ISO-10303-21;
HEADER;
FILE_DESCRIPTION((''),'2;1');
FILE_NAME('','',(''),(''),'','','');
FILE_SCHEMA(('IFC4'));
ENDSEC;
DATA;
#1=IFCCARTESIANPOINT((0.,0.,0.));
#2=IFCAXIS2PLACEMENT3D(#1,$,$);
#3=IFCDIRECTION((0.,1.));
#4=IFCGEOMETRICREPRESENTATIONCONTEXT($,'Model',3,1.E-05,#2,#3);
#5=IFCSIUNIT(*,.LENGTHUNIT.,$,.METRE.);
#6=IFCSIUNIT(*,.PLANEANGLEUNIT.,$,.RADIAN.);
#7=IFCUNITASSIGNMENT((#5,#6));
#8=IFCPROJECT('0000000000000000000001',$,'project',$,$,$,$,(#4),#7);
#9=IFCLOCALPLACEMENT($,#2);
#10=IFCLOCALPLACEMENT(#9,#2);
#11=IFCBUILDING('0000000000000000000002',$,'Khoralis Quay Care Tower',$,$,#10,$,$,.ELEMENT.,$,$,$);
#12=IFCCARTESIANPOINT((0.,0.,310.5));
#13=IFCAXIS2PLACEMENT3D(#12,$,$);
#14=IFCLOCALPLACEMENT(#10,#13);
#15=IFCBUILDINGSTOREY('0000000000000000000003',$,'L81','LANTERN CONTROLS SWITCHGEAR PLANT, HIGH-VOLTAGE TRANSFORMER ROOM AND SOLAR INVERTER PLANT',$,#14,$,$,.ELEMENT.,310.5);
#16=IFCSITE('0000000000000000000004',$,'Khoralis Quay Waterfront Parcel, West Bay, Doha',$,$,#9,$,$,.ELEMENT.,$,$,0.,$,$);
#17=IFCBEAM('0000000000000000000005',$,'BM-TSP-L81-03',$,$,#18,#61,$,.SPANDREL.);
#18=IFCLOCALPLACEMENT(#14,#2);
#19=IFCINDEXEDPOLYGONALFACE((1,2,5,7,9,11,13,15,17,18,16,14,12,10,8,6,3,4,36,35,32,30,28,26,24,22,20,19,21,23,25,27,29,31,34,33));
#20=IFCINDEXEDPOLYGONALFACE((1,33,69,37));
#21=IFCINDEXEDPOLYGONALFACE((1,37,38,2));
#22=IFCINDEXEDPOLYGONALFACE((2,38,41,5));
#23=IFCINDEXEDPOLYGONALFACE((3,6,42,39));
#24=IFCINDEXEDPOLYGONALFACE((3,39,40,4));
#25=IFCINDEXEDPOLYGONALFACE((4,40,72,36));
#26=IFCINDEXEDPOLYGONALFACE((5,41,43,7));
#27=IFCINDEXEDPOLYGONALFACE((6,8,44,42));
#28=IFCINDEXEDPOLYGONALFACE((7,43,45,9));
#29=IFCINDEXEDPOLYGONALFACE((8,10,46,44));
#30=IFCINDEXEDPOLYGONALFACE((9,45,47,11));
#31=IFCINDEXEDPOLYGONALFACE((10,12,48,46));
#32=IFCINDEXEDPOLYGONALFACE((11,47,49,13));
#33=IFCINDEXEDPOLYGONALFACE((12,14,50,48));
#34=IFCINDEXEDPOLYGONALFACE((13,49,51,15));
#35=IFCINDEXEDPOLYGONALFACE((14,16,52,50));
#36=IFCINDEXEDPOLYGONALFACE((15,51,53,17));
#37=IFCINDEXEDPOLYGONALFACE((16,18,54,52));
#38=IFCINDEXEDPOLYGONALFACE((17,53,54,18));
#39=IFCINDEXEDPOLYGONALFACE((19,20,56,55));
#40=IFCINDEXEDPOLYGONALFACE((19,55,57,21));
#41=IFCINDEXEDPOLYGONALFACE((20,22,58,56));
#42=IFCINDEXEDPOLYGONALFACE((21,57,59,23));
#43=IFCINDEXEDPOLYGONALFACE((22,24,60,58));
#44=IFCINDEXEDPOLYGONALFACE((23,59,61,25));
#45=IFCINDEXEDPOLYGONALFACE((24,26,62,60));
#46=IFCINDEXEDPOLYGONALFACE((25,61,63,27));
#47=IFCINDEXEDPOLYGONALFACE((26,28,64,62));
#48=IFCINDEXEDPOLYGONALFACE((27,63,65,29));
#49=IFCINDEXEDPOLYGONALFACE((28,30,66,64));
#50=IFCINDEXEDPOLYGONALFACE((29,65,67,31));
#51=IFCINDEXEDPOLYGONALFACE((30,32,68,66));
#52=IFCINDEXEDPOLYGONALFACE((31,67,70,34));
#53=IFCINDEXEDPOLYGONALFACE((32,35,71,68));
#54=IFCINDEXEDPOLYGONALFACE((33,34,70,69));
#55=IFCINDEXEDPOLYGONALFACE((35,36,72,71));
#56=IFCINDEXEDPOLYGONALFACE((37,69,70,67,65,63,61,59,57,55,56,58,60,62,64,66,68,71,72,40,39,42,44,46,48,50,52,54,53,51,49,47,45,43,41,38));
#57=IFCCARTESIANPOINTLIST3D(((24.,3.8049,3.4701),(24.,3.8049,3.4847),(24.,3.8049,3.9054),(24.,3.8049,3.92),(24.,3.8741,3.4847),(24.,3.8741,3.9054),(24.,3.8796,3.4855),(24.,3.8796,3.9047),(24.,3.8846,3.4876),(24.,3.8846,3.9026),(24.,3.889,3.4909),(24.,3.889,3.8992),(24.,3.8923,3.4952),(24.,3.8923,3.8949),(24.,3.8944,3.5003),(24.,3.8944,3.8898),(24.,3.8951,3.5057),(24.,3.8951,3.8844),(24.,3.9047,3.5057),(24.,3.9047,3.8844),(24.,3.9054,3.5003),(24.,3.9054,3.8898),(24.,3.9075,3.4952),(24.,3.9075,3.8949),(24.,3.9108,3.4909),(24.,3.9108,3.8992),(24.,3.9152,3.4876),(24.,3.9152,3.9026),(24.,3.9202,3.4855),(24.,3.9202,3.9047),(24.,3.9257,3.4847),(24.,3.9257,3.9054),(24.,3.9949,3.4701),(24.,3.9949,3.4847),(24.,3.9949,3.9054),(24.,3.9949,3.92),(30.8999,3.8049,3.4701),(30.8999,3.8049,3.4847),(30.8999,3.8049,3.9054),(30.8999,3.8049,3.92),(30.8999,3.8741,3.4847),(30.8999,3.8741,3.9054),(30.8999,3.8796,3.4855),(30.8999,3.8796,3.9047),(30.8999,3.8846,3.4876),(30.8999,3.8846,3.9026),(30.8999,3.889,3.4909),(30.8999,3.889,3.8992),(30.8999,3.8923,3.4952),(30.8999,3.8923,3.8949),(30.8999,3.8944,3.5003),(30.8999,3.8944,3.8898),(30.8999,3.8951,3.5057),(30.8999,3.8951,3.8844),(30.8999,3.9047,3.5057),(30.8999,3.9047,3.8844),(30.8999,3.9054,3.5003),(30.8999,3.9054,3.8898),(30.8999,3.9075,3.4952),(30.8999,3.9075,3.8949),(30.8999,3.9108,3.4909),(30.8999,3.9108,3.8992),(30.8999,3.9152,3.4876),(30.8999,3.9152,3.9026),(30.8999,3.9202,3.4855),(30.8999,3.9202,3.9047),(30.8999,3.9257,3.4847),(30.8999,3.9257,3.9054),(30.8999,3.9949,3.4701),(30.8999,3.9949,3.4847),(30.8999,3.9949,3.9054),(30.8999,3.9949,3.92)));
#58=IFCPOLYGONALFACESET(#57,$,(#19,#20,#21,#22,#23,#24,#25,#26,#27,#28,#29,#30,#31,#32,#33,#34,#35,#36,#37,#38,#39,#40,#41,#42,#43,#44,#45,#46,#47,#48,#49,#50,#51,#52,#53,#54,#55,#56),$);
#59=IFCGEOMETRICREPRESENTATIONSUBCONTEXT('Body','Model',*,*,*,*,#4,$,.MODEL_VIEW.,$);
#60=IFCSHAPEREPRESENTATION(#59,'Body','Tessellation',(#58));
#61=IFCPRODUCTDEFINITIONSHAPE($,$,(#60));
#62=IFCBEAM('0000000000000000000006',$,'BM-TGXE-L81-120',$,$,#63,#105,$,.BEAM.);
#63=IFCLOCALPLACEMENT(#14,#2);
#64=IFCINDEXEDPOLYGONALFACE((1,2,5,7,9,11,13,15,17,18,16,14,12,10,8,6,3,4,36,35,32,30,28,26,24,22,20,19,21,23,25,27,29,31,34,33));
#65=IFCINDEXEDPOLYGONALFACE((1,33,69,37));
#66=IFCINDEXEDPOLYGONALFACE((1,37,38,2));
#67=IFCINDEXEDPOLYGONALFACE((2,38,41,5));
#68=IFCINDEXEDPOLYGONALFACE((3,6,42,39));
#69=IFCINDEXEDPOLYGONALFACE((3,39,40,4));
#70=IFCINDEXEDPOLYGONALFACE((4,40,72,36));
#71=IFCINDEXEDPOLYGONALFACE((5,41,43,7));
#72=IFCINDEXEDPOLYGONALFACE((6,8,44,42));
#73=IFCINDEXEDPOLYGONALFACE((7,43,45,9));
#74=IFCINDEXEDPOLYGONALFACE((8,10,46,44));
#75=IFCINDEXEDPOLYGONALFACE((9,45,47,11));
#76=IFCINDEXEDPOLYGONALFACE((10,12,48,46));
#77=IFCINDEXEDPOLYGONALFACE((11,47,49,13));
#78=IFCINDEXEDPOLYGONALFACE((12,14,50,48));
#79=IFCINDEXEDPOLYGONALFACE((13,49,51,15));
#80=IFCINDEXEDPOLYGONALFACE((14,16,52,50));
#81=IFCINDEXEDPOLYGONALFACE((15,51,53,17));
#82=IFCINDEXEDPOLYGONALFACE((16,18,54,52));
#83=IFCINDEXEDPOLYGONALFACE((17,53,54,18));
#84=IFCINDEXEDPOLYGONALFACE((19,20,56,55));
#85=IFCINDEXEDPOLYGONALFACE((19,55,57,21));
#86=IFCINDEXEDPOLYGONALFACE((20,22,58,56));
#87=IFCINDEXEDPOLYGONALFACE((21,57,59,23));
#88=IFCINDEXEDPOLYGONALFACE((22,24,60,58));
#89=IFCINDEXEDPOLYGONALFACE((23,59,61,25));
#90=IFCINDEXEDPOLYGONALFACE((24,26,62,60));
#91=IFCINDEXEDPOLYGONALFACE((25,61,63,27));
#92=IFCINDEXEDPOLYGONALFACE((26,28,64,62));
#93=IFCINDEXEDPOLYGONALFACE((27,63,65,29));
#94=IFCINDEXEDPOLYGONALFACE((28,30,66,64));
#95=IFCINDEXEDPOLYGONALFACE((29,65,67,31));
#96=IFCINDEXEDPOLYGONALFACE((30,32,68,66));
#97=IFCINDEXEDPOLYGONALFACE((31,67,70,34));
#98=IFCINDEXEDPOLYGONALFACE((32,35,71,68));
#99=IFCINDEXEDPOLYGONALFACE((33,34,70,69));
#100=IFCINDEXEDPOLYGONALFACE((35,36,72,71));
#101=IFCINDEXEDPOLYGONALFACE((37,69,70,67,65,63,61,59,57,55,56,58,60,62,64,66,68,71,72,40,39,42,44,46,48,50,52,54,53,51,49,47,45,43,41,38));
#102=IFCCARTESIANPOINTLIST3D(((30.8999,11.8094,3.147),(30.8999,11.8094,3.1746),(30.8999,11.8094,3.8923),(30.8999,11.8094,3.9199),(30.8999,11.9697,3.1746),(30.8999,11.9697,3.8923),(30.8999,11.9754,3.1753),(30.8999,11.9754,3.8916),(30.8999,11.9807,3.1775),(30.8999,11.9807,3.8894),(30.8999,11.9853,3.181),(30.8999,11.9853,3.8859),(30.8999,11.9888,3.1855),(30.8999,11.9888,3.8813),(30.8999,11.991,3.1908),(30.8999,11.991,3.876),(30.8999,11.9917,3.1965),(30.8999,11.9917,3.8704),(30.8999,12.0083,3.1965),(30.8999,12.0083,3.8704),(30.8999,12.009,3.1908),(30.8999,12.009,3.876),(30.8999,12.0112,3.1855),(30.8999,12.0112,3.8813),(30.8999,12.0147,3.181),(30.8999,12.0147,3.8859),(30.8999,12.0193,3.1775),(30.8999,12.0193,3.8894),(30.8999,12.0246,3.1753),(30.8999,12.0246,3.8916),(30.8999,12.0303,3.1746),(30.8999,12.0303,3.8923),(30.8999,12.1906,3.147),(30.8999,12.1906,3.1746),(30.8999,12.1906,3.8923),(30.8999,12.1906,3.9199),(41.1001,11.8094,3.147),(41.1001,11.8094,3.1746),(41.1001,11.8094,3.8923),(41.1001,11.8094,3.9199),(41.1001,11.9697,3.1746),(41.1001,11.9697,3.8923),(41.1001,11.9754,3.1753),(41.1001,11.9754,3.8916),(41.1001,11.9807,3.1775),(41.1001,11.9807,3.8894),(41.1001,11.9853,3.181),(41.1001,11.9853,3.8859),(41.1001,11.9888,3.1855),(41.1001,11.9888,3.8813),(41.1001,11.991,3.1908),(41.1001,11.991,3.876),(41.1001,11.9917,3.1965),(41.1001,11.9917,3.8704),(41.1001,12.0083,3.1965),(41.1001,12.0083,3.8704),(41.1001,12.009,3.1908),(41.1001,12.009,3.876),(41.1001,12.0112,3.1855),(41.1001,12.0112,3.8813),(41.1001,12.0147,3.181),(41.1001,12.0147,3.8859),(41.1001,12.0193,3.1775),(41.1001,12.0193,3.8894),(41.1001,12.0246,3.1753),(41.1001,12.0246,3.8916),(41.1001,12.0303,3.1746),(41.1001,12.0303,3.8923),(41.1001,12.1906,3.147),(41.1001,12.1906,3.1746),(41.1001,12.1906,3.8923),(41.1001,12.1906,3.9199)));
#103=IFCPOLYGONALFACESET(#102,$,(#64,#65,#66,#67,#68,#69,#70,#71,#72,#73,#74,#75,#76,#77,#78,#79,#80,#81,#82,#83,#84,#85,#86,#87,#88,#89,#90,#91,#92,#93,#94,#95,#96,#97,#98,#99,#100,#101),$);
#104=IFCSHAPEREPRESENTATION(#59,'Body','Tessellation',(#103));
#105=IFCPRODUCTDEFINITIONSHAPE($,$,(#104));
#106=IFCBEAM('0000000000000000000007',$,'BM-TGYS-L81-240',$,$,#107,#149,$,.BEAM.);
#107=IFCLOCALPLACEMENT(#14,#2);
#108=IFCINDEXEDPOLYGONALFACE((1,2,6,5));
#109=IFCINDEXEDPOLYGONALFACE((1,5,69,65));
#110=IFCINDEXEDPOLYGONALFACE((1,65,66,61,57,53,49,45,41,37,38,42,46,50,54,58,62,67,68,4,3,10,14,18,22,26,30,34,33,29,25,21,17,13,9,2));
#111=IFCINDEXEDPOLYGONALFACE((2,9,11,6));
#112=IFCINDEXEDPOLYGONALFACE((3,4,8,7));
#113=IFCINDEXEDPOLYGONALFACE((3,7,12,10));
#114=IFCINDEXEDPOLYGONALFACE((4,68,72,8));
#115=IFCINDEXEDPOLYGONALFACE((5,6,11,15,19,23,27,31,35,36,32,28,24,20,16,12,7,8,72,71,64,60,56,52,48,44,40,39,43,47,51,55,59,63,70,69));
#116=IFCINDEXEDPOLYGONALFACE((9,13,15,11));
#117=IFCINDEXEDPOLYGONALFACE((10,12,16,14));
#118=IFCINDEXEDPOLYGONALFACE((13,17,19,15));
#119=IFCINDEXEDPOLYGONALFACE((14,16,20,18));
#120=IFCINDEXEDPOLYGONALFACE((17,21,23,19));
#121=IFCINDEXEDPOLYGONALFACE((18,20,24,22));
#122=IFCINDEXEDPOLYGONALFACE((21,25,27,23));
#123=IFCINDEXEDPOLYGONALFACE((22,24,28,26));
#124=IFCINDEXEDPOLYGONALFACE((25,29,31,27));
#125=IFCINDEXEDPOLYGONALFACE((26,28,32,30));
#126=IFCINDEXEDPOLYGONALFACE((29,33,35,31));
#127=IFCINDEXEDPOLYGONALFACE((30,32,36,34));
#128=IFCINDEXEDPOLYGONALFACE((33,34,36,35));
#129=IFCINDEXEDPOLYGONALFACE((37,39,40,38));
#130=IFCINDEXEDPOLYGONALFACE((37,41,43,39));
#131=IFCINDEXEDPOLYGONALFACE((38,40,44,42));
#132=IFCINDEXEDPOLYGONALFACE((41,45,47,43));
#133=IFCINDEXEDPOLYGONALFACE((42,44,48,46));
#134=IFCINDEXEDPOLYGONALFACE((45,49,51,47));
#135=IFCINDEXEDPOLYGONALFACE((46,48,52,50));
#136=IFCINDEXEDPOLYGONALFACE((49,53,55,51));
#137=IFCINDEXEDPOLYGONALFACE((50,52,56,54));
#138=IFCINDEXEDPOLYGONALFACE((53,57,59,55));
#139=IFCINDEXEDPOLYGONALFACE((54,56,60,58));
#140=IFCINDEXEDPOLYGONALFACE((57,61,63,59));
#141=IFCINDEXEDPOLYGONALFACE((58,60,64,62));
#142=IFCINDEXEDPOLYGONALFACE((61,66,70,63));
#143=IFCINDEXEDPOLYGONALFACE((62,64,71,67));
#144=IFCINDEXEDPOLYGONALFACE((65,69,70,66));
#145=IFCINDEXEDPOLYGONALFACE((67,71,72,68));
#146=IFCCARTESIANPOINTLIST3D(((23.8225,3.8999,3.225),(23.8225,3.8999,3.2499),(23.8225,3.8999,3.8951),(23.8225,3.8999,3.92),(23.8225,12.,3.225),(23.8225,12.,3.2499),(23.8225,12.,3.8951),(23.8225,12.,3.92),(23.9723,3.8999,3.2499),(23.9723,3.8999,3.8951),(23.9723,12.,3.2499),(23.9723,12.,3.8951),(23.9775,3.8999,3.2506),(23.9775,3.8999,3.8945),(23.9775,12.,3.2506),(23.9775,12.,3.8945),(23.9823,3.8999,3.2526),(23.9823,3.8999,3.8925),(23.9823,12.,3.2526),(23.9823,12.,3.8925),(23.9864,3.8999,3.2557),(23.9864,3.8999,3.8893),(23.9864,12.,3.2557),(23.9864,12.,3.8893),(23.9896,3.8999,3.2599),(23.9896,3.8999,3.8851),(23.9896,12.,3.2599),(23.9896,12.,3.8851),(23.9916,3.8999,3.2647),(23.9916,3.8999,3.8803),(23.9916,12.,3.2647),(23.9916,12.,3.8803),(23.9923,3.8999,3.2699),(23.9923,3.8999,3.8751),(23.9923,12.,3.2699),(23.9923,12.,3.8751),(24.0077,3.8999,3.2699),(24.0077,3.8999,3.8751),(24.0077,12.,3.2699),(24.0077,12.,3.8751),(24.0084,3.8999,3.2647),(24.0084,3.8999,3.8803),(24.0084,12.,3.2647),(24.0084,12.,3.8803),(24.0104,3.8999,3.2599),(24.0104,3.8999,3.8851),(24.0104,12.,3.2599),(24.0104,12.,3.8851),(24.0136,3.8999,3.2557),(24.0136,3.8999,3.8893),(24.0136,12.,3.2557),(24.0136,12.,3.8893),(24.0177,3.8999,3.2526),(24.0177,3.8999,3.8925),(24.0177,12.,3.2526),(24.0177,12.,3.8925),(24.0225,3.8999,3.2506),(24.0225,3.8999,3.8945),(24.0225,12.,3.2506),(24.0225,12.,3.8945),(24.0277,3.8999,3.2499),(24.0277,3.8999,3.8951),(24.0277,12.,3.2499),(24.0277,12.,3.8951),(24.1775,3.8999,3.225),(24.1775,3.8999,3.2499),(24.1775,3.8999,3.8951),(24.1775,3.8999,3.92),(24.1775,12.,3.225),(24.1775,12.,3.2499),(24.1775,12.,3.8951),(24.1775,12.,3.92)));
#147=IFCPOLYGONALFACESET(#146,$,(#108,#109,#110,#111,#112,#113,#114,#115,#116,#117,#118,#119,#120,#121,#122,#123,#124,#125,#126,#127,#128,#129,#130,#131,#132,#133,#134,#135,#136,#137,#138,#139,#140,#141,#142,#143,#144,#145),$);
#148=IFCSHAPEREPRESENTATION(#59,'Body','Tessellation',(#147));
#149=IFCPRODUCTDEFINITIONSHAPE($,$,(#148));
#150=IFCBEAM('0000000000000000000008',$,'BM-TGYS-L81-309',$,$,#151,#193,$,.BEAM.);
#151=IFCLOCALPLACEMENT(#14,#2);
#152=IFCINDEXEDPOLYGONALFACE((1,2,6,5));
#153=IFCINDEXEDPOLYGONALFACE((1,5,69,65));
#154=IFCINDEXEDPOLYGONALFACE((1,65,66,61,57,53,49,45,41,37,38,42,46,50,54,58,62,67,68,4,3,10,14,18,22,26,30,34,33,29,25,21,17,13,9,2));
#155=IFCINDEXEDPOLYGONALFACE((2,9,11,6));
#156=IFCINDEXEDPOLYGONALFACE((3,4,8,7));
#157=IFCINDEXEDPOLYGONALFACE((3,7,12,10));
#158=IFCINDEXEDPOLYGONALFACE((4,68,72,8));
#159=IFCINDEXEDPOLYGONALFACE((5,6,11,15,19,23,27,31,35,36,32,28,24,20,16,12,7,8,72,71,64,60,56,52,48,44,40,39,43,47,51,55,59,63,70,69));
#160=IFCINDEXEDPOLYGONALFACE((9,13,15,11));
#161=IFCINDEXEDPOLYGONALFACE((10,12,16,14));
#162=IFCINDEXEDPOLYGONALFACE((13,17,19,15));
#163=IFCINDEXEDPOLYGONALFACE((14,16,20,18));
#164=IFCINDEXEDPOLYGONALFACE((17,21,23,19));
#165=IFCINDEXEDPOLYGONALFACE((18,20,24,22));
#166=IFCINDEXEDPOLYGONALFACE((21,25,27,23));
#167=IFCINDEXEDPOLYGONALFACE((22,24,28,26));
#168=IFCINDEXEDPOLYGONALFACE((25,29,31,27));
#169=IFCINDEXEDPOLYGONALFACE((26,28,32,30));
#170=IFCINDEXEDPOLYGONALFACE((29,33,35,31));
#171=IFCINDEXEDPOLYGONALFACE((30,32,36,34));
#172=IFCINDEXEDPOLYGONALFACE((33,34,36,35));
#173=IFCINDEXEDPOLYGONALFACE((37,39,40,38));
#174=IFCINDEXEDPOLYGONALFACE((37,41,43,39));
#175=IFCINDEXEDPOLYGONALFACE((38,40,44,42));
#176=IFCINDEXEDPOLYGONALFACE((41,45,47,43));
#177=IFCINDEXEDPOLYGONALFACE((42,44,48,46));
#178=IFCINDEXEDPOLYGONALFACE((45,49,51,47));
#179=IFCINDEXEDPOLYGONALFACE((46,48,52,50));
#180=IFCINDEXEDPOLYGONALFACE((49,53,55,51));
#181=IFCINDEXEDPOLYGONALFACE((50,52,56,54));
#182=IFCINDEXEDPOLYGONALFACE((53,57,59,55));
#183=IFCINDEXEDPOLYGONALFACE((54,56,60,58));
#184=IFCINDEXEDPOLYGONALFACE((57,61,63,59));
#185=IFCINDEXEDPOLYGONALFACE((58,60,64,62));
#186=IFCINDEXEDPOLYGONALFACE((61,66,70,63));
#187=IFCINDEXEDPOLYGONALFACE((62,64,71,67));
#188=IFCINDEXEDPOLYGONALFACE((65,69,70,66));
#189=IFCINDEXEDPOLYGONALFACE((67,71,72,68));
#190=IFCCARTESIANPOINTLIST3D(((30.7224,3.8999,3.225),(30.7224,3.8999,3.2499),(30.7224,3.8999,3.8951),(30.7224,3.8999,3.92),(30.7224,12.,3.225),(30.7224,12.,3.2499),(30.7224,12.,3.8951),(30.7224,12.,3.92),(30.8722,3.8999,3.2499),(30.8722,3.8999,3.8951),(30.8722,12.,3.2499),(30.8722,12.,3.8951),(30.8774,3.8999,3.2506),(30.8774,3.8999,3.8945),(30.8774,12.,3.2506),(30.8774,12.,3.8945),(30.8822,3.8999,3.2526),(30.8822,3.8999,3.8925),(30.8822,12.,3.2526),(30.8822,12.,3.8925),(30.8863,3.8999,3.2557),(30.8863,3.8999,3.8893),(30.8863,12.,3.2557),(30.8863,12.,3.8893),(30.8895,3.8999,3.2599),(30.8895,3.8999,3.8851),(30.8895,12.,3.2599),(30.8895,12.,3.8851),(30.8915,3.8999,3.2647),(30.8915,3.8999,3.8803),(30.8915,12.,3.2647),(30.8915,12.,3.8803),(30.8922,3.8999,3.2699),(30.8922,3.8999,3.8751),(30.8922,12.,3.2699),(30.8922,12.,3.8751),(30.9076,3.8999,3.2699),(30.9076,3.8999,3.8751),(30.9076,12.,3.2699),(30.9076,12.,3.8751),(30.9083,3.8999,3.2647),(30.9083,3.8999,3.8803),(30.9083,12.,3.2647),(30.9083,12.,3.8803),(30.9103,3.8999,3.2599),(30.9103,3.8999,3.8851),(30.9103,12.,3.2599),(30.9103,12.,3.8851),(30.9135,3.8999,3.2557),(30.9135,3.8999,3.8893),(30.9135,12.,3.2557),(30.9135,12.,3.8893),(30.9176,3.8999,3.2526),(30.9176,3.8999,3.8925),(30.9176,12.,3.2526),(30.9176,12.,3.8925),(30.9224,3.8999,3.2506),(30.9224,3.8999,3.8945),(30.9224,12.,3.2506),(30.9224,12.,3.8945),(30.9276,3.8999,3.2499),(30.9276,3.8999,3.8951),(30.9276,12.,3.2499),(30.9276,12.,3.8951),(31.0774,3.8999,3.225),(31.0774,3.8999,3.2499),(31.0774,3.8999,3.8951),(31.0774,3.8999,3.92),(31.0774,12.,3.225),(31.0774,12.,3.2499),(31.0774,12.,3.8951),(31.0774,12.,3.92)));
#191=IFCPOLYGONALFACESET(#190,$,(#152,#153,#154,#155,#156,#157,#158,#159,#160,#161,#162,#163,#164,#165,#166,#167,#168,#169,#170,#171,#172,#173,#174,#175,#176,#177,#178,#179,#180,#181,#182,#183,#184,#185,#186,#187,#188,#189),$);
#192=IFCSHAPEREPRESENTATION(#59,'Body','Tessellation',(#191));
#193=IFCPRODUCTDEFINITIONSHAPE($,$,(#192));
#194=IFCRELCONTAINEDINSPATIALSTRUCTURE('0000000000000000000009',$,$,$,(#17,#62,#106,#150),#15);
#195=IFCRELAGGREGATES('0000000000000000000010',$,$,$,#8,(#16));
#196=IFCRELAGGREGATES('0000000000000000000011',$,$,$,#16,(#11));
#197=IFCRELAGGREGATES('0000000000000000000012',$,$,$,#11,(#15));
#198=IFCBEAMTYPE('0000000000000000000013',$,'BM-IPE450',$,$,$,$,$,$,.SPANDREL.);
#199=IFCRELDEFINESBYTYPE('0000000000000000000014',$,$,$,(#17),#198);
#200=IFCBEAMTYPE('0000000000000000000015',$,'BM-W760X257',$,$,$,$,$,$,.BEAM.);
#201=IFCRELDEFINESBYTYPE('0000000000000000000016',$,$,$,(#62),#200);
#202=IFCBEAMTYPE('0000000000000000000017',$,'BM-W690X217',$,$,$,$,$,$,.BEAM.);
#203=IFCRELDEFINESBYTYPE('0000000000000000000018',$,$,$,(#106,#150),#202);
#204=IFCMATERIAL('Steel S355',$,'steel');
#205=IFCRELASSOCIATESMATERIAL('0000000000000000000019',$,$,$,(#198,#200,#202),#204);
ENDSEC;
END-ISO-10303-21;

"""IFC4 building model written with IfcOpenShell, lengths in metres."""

from ifc_helpers import new_model, si_unit, direction, frame, origin, origin_2d, place, context, subcontext, project, spatial, i_section, extrude, source, transform, mapped, material, material_profile, profile_set, type_object, element, save


model = new_model("IFC4")

# Units and contexts
model_context = context("Model", 3, precision=1e-05, world=origin(), true_north=direction((0.0, 1.0)))
body_context = subcontext(model_context, "Body", "Model", "MODEL_VIEW")
ifc_project = project(units=[si_unit("LENGTHUNIT", "METRE"), si_unit("PLANEANGLEUNIT", "RADIAN")], contexts=[model_context])

# Site, building, storey
site_placement = place(None, origin())
site = spatial("IfcSite", under=ifc_project, at=site_placement, Name="Khoralis Quay Waterfront Parcel, West Bay, Doha", CompositionType="ELEMENT", RefElevation=0.0)
building_placement = place(site_placement, origin())
building = spatial("IfcBuilding", under=site, at=building_placement, Name="Khoralis Quay Care Tower", CompositionType="ELEMENT")
storey_placement = place(building_placement, frame((0.0, 0.0, 310.5)))
storey = spatial("IfcBuildingStorey", under=building, at=storey_placement, Name="L81", Description="LANTERN CONTROLS SWITCHGEAR PLANT, HIGH-VOLTAGE TRANSFORMER ROOM AND SOLAR INVERTER PLANT", CompositionType="ELEMENT", Elevation=310.5)

# Beams
ifc_material_1 = material(Name="Steel S355", Category="steel")
ifc_material_profile_1 = material_profile(ifc_material_1, i_section(OverallWidth=0.1899, OverallDepth=0.45, WebThickness=0.0095, FlangeThickness=0.0146, FilletRadius=0.021, at=origin_2d()), Name="Steel S355")
ifc_profile_set_1 = profile_set([ifc_material_profile_1], Name="Steel S355")
beam_type_1 = type_object("IfcBeamType", Name="BM-IPE450", PredefinedType="SPANDREL", material=ifc_profile_set_1)
shared_shape_1 = source(origin(), body_context, "Body", "SweptSolid", [
    extrude(i_section(OverallWidth=0.1899, OverallDepth=0.45, WebThickness=0.0095, FlangeThickness=0.0146, FilletRadius=0.021, at=origin_2d()), origin(), (0.0, 0.0, 1.0), 6.8999),
])
beam_1_placement = place(storey_placement, frame((24.0, 3.8999, 3.6951), z_axis=(1.0, 0.0, 0.0), x_axis=(0.0, 1.0, 0.0)))
element("IfcBeam", 1, at=beam_1_placement, inside=storey, type_object=beam_type_1, Name="BM-TSP-L81-03", PredefinedType="SPANDREL", context=body_context, shape_type="MappedRepresentation", body=[
    mapped(shared_shape_1, transform((0.0, 0.0, 0.0), scale=1.0)),
])
ifc_material_profile_2 = material_profile(ifc_material_1, i_section(OverallWidth=0.3811, OverallDepth=0.7729, WebThickness=0.0166, FlangeThickness=0.0276, FilletRadius=0.022, at=origin_2d()), Name="Steel S355")
ifc_profile_set_2 = profile_set([ifc_material_profile_2], Name="Steel S355")
beam_type_2 = type_object("IfcBeamType", Name="BM-W760X257", PredefinedType="BEAM", material=ifc_profile_set_2)
shared_shape_2 = source(origin(), body_context, "Body", "SweptSolid", [
    extrude(i_section(OverallWidth=0.3811, OverallDepth=0.7729, WebThickness=0.0166, FlangeThickness=0.0276, FilletRadius=0.022, at=origin_2d()), origin(), (0.0, 0.0, 1.0), 10.2002),
])
beam_2_placement = place(storey_placement, frame((30.8999, 12.0, 3.5334), z_axis=(1.0, 0.0, 0.0), x_axis=(0.0, 1.0, 0.0)))
element("IfcBeam", 2, at=beam_2_placement, inside=storey, type_object=beam_type_2, Name="BM-TGXE-L81-120", PredefinedType="BEAM", context=body_context, shape_type="MappedRepresentation", body=[
    mapped(shared_shape_2, transform((0.0, 0.0, 0.0), scale=1.0)),
])
ifc_material_profile_3 = material_profile(ifc_material_1, i_section(OverallWidth=0.355, OverallDepth=0.6951, WebThickness=0.0154, FlangeThickness=0.0249, FilletRadius=0.02, at=origin_2d()), Name="Steel S355")
ifc_profile_set_3 = profile_set([ifc_material_profile_3], Name="Steel S355")
beam_type_3 = type_object("IfcBeamType", Name="BM-W690X217", PredefinedType="BEAM", material=ifc_profile_set_3)
shared_shape_3 = source(origin(), body_context, "Body", "SweptSolid", [
    extrude(i_section(OverallWidth=0.355, OverallDepth=0.6951, WebThickness=0.0154, FlangeThickness=0.0249, FilletRadius=0.02, at=origin_2d()), origin(), (0.0, 0.0, 1.0), 8.1001),
])
for number, where, z_axis, x_axis, name in (
    (3, (24.0, 3.8999, 3.5725), (0.0, 1.0, 0.0), (-1.0, 0.0, 0.0), "BM-TGYS-L81-240"),
    (4, (30.8999, 3.8999, 3.5725), (0.0, 1.0, 0.0), (-1.0, 0.0, 0.0), "BM-TGYS-L81-309"),
):
    element("IfcBeam", number, at=place(storey_placement, frame(where, z_axis=z_axis, x_axis=x_axis)), inside=storey, type_object=beam_type_3, Name=name, PredefinedType="BEAM", context=body_context, shape_type="MappedRepresentation", body=[
        mapped(shared_shape_3, transform((0.0, 0.0, 0.0), scale=1.0)),
    ])

save(model, "model.ifc")
